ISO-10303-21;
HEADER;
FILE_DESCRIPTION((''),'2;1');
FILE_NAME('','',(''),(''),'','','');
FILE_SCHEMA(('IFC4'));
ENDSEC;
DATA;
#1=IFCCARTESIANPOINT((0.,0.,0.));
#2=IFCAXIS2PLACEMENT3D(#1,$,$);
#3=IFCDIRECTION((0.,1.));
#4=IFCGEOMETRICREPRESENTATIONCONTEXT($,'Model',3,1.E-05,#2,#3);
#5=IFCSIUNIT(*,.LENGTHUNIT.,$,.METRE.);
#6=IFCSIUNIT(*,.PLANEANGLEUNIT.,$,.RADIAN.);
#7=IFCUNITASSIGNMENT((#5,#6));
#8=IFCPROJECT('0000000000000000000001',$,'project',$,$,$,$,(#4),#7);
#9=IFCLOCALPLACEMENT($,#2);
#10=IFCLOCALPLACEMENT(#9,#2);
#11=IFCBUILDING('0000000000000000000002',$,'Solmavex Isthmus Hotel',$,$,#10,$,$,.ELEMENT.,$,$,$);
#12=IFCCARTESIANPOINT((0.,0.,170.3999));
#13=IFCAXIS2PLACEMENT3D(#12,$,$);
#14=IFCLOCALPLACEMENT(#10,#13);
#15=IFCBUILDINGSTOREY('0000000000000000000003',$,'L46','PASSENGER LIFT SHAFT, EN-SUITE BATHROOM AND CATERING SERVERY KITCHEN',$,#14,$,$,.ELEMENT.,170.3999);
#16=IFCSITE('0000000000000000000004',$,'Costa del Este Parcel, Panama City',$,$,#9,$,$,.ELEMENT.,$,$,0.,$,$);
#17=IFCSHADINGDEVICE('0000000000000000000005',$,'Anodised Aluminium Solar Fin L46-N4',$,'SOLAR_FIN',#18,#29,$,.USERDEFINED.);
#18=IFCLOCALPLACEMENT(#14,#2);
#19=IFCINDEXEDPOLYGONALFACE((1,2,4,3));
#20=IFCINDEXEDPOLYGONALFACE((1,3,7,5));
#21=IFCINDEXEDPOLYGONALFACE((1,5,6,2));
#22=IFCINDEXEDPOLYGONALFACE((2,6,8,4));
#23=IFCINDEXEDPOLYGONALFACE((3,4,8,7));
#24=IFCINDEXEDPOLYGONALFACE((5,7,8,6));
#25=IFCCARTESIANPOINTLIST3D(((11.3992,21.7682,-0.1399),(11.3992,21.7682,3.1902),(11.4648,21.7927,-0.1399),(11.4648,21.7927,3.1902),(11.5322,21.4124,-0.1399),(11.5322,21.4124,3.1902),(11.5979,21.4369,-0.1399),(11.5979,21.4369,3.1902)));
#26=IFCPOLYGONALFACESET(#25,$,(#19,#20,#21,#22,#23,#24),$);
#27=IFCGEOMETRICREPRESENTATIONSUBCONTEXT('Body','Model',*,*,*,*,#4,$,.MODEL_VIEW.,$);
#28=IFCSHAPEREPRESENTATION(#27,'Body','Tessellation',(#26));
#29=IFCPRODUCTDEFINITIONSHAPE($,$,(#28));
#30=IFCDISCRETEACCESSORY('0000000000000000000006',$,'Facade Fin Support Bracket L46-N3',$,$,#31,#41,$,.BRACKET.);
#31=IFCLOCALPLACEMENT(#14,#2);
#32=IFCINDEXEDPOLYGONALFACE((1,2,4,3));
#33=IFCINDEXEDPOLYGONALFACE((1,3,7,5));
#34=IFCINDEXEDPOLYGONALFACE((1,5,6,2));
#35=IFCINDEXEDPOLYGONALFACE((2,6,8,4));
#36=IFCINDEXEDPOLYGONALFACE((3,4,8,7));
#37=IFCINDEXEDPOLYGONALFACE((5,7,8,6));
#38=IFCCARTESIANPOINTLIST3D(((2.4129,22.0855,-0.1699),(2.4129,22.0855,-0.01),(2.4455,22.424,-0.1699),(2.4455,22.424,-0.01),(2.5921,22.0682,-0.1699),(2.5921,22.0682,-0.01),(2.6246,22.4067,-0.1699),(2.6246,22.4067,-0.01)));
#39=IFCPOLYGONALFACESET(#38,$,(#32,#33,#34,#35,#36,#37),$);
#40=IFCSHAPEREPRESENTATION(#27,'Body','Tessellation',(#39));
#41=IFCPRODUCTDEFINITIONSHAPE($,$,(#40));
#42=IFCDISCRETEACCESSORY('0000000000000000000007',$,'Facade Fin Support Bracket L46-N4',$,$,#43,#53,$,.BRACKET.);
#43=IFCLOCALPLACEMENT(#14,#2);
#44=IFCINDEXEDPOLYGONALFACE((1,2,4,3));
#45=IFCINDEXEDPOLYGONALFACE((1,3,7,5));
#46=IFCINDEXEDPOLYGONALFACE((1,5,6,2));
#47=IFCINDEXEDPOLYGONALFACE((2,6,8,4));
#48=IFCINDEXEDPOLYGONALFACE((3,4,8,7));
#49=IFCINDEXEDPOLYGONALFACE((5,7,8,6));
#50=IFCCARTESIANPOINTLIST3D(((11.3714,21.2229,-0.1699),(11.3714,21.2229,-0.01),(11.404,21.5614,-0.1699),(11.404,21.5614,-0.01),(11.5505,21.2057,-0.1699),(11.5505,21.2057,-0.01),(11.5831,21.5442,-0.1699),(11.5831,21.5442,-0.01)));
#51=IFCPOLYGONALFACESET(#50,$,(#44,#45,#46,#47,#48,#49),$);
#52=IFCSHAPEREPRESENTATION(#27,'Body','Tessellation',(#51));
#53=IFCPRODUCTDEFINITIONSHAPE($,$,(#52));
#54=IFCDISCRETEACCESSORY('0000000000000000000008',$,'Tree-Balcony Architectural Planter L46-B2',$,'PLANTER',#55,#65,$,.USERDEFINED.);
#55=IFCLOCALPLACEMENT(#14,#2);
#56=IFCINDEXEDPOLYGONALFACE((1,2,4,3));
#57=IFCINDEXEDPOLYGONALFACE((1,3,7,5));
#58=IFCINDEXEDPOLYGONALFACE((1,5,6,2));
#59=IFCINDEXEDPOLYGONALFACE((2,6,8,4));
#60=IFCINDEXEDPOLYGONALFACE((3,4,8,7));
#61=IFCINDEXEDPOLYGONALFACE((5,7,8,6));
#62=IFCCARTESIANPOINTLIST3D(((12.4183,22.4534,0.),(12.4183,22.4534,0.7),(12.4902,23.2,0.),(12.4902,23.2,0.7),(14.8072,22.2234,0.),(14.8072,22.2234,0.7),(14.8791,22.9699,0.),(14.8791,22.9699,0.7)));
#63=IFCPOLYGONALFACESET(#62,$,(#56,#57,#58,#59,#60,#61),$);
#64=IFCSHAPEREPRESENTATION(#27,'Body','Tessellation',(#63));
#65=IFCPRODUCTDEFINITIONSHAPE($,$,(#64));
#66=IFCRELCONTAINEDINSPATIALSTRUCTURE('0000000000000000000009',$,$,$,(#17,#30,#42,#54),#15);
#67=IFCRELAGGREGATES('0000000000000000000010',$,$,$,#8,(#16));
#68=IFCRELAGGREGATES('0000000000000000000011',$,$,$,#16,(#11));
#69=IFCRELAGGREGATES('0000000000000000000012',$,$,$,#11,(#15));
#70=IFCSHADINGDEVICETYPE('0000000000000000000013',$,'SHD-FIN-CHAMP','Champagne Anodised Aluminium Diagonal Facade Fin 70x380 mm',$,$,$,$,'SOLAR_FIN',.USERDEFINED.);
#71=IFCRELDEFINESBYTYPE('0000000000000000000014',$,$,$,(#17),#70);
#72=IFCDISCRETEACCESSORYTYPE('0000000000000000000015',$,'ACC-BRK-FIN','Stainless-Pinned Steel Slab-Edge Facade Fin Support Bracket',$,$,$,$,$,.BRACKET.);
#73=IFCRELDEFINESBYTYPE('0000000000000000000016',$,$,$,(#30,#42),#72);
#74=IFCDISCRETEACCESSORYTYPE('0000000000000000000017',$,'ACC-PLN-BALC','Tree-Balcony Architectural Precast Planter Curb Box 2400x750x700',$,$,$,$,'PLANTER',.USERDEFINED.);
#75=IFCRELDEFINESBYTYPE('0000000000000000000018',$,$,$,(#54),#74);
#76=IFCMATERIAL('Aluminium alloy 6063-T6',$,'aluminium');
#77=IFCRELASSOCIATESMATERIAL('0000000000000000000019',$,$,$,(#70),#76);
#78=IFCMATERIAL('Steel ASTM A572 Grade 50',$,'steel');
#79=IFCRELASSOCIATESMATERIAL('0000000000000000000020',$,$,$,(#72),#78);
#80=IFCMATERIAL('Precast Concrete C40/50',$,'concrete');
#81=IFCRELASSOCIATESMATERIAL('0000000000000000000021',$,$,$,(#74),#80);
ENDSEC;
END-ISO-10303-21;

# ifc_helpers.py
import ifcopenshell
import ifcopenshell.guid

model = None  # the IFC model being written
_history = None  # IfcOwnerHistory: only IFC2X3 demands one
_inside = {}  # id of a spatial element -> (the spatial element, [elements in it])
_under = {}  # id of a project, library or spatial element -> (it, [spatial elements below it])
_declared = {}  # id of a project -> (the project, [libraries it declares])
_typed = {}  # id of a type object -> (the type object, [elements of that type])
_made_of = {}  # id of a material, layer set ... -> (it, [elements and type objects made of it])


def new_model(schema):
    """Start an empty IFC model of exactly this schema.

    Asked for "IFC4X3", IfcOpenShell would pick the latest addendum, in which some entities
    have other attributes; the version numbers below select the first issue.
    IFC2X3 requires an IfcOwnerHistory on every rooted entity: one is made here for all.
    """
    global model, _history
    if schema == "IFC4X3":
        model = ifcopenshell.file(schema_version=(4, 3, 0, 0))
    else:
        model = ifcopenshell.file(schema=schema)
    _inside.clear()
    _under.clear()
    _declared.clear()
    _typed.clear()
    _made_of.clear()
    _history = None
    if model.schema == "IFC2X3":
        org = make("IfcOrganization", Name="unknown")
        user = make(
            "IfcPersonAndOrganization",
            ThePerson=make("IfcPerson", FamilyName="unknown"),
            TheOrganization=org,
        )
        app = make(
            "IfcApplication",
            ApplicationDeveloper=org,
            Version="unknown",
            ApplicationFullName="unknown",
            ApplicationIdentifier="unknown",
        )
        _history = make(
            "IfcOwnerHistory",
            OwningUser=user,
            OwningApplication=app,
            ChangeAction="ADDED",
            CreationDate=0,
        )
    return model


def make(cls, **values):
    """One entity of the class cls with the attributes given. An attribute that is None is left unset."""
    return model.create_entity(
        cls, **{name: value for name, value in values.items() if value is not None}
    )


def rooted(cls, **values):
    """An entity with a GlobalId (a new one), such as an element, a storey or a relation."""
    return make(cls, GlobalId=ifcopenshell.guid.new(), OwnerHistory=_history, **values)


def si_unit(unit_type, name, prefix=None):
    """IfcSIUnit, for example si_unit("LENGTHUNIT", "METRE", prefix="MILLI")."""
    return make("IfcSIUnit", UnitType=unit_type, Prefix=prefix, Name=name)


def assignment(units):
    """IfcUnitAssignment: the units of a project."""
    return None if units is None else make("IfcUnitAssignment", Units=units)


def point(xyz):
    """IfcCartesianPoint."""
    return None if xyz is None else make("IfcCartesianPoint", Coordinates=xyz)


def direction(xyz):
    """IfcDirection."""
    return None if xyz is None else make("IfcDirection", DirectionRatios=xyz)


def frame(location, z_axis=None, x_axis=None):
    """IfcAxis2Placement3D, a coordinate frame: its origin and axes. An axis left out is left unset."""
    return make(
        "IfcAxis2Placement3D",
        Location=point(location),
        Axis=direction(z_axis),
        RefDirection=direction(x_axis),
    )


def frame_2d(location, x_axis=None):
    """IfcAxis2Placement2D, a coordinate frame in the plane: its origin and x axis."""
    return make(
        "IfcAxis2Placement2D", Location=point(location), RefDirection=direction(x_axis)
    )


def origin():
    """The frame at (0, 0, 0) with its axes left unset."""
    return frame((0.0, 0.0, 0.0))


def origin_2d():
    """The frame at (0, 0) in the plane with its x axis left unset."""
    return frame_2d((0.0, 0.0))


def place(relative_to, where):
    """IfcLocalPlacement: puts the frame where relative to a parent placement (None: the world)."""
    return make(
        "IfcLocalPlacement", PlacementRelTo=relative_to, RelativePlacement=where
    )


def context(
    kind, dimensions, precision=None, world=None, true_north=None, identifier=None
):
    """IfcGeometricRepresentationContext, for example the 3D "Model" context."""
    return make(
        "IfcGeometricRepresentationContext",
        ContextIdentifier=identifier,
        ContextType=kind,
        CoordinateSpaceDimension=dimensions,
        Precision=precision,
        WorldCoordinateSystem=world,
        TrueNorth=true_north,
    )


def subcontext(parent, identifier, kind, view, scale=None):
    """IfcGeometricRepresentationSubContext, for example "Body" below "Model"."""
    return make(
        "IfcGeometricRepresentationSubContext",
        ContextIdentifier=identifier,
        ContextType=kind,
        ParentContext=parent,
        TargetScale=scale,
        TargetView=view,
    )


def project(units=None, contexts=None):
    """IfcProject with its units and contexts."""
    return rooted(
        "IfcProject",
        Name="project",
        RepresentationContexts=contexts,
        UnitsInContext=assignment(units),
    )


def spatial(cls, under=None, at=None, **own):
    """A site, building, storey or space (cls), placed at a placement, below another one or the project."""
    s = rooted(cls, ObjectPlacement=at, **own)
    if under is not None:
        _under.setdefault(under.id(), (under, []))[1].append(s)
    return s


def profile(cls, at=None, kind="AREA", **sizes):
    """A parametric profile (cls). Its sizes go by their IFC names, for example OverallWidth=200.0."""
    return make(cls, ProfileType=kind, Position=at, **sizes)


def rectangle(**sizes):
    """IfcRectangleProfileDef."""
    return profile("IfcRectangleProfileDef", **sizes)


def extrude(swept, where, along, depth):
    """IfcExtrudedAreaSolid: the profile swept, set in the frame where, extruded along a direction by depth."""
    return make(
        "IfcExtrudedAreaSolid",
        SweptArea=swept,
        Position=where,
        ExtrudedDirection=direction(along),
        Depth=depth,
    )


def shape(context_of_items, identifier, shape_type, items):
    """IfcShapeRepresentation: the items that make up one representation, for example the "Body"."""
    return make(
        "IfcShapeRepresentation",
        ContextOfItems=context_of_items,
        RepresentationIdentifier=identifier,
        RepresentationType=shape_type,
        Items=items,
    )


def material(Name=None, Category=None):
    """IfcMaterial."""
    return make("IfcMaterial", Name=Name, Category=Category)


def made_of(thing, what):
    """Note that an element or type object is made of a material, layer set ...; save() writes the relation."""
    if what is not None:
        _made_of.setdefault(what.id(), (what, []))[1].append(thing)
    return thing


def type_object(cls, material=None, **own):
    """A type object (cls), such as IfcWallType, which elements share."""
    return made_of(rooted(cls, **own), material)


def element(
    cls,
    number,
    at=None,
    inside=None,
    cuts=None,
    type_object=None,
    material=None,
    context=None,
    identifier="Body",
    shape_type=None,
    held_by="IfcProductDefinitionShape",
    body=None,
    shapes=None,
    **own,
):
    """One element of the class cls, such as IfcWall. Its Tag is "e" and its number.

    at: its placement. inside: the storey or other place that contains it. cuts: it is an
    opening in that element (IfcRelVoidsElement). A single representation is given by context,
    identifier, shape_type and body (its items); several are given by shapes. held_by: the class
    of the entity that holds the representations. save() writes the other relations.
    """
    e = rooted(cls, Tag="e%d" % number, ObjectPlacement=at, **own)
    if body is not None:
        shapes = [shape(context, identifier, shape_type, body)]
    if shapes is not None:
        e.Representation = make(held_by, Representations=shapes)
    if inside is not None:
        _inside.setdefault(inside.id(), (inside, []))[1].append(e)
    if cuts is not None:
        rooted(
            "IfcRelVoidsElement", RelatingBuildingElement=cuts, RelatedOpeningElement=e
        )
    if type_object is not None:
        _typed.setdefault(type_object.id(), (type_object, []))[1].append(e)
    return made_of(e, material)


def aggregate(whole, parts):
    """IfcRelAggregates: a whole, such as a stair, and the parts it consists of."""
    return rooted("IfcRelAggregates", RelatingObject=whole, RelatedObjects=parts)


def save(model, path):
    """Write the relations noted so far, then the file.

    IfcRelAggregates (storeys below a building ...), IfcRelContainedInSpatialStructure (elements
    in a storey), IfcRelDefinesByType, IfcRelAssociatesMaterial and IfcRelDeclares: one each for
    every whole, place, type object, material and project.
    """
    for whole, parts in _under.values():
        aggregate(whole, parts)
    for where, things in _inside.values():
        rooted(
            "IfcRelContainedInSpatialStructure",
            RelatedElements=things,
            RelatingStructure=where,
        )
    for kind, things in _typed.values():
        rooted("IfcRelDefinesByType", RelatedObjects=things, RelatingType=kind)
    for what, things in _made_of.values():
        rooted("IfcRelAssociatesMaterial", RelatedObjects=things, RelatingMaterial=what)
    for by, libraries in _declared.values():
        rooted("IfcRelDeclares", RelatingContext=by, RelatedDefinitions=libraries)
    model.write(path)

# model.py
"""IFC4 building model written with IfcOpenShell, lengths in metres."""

from ifc_helpers import new_model, si_unit, direction, frame, origin, origin_2d, place, context, subcontext, project, spatial, rectangle, extrude, material, type_object, element, save


model = new_model("IFC4")

# Units and contexts
model_context = context("Model", 3, precision=1e-05, world=origin(), true_north=direction((0.0, 1.0)))
body_context = subcontext(model_context, "Body", "Model", "MODEL_VIEW")
ifc_project = project(units=[si_unit("LENGTHUNIT", "METRE"), si_unit("PLANEANGLEUNIT", "RADIAN")], contexts=[model_context])

# Site, building, storey
site_placement = place(None, origin())
site = spatial("IfcSite", under=ifc_project, at=site_placement, Name="Costa del Este Parcel, Panama City", CompositionType="ELEMENT", RefElevation=0.0)
building_placement = place(site_placement, origin())
building = spatial("IfcBuilding", under=site, at=building_placement, Name="Solmavex Isthmus Hotel", CompositionType="ELEMENT")
storey_placement = place(building_placement, frame((0.0, 0.0, 170.3999)))
storey = spatial("IfcBuildingStorey", under=building, at=storey_placement, Name="L46", Description="PASSENGER LIFT SHAFT, EN-SUITE BATHROOM AND CATERING SERVERY KITCHEN", CompositionType="ELEMENT", Elevation=170.3999)

# Shared definitions
ifc_material_1 = material(Name="Aluminium alloy 6063-T6", Category="aluminium")

# Shared definitions
ifc_material_2 = material(Name="Precast Concrete C40/50", Category="concrete")

# Shading device
shading_device_type = type_object("IfcShadingDeviceType", Name="SHD-FIN-CHAMP", Description="Champagne Anodised Aluminium Diagonal Facade Fin 70x380 mm", ElementType="SOLAR_FIN", PredefinedType="USERDEFINED", material=ifc_material_1)
for number, where, z_axis, x_axis, name in (
    (1, (11.4985, 21.6025, -0.1399), (0.0, 0.0, 1.0), (-0.350207, 0.936672, 0.0), "Anodised Aluminium Solar Fin L46-N4"),
):
    element("IfcShadingDevice", number, at=place(storey_placement, frame(where, z_axis=z_axis, x_axis=x_axis)), inside=storey, type_object=shading_device_type, Name=name, ObjectType="SOLAR_FIN", PredefinedType="USERDEFINED", context=body_context, shape_type="SweptSolid", body=[
        extrude(rectangle(XDim=0.3799, YDim=0.0701, at=origin_2d()), origin(), (0.0, 0.0, 1.0), 3.3301),
    ])

# Discrete accessories
ifc_material_3 = material(Name="Steel ASTM A572 Grade 50", Category="steel")
discrete_accessory_type_1 = type_object("IfcDiscreteAccessoryType", Name="ACC-BRK-FIN", Description="Stainless-Pinned Steel Slab-Edge Facade Fin Support Bracket", PredefinedType="BRACKET", material=ifc_material_3)
for number, where, z_axis, x_axis, name in (
    (2, (2.5188, 22.2461, -0.1699), (0.0, 0.0, 1.0), (0.095846, 0.995396, 0.0), "Facade Fin Support Bracket L46-N3"),
    (3, (11.4773, 21.3835, -0.1699), (0.0, 0.0, 1.0), (0.095846, 0.995396, 0.0), "Facade Fin Support Bracket L46-N4"),
):
    element("IfcDiscreteAccessory", number, at=place(storey_placement, frame(where, z_axis=z_axis, x_axis=x_axis)), inside=storey, type_object=discrete_accessory_type_1, Name=name, PredefinedType="BRACKET", context=body_context, shape_type="SweptSolid", body=[
        extrude(rectangle(XDim=0.3401, YDim=0.1799, at=origin_2d()), origin(), (0.0, 0.0, 1.0), 0.1599),
    ])
discrete_accessory_type_2 = type_object("IfcDiscreteAccessoryType", Name="ACC-PLN-BALC", Description="Tree-Balcony Architectural Precast Planter Curb Box 2400x750x700", ElementType="PLANTER", PredefinedType="USERDEFINED", material=ifc_material_2)
discrete_accessory_placement = place(storey_placement, frame((13.6487, 22.7117, 0.0), z_axis=(0.0, 0.0, 1.0), x_axis=(0.995396, -0.095846, 0.0)))
element("IfcDiscreteAccessory", 4, at=discrete_accessory_placement, inside=storey, type_object=discrete_accessory_type_2, Name="Tree-Balcony Architectural Planter L46-B2", ObjectType="PLANTER", PredefinedType="USERDEFINED", context=body_context, shape_type="SweptSolid", body=[
    extrude(rectangle(XDim=2.3999, YDim=0.75, at=origin_2d()), origin(), (0.0, 0.0, 1.0), 0.7),
])

save(model, "model.ifc")
